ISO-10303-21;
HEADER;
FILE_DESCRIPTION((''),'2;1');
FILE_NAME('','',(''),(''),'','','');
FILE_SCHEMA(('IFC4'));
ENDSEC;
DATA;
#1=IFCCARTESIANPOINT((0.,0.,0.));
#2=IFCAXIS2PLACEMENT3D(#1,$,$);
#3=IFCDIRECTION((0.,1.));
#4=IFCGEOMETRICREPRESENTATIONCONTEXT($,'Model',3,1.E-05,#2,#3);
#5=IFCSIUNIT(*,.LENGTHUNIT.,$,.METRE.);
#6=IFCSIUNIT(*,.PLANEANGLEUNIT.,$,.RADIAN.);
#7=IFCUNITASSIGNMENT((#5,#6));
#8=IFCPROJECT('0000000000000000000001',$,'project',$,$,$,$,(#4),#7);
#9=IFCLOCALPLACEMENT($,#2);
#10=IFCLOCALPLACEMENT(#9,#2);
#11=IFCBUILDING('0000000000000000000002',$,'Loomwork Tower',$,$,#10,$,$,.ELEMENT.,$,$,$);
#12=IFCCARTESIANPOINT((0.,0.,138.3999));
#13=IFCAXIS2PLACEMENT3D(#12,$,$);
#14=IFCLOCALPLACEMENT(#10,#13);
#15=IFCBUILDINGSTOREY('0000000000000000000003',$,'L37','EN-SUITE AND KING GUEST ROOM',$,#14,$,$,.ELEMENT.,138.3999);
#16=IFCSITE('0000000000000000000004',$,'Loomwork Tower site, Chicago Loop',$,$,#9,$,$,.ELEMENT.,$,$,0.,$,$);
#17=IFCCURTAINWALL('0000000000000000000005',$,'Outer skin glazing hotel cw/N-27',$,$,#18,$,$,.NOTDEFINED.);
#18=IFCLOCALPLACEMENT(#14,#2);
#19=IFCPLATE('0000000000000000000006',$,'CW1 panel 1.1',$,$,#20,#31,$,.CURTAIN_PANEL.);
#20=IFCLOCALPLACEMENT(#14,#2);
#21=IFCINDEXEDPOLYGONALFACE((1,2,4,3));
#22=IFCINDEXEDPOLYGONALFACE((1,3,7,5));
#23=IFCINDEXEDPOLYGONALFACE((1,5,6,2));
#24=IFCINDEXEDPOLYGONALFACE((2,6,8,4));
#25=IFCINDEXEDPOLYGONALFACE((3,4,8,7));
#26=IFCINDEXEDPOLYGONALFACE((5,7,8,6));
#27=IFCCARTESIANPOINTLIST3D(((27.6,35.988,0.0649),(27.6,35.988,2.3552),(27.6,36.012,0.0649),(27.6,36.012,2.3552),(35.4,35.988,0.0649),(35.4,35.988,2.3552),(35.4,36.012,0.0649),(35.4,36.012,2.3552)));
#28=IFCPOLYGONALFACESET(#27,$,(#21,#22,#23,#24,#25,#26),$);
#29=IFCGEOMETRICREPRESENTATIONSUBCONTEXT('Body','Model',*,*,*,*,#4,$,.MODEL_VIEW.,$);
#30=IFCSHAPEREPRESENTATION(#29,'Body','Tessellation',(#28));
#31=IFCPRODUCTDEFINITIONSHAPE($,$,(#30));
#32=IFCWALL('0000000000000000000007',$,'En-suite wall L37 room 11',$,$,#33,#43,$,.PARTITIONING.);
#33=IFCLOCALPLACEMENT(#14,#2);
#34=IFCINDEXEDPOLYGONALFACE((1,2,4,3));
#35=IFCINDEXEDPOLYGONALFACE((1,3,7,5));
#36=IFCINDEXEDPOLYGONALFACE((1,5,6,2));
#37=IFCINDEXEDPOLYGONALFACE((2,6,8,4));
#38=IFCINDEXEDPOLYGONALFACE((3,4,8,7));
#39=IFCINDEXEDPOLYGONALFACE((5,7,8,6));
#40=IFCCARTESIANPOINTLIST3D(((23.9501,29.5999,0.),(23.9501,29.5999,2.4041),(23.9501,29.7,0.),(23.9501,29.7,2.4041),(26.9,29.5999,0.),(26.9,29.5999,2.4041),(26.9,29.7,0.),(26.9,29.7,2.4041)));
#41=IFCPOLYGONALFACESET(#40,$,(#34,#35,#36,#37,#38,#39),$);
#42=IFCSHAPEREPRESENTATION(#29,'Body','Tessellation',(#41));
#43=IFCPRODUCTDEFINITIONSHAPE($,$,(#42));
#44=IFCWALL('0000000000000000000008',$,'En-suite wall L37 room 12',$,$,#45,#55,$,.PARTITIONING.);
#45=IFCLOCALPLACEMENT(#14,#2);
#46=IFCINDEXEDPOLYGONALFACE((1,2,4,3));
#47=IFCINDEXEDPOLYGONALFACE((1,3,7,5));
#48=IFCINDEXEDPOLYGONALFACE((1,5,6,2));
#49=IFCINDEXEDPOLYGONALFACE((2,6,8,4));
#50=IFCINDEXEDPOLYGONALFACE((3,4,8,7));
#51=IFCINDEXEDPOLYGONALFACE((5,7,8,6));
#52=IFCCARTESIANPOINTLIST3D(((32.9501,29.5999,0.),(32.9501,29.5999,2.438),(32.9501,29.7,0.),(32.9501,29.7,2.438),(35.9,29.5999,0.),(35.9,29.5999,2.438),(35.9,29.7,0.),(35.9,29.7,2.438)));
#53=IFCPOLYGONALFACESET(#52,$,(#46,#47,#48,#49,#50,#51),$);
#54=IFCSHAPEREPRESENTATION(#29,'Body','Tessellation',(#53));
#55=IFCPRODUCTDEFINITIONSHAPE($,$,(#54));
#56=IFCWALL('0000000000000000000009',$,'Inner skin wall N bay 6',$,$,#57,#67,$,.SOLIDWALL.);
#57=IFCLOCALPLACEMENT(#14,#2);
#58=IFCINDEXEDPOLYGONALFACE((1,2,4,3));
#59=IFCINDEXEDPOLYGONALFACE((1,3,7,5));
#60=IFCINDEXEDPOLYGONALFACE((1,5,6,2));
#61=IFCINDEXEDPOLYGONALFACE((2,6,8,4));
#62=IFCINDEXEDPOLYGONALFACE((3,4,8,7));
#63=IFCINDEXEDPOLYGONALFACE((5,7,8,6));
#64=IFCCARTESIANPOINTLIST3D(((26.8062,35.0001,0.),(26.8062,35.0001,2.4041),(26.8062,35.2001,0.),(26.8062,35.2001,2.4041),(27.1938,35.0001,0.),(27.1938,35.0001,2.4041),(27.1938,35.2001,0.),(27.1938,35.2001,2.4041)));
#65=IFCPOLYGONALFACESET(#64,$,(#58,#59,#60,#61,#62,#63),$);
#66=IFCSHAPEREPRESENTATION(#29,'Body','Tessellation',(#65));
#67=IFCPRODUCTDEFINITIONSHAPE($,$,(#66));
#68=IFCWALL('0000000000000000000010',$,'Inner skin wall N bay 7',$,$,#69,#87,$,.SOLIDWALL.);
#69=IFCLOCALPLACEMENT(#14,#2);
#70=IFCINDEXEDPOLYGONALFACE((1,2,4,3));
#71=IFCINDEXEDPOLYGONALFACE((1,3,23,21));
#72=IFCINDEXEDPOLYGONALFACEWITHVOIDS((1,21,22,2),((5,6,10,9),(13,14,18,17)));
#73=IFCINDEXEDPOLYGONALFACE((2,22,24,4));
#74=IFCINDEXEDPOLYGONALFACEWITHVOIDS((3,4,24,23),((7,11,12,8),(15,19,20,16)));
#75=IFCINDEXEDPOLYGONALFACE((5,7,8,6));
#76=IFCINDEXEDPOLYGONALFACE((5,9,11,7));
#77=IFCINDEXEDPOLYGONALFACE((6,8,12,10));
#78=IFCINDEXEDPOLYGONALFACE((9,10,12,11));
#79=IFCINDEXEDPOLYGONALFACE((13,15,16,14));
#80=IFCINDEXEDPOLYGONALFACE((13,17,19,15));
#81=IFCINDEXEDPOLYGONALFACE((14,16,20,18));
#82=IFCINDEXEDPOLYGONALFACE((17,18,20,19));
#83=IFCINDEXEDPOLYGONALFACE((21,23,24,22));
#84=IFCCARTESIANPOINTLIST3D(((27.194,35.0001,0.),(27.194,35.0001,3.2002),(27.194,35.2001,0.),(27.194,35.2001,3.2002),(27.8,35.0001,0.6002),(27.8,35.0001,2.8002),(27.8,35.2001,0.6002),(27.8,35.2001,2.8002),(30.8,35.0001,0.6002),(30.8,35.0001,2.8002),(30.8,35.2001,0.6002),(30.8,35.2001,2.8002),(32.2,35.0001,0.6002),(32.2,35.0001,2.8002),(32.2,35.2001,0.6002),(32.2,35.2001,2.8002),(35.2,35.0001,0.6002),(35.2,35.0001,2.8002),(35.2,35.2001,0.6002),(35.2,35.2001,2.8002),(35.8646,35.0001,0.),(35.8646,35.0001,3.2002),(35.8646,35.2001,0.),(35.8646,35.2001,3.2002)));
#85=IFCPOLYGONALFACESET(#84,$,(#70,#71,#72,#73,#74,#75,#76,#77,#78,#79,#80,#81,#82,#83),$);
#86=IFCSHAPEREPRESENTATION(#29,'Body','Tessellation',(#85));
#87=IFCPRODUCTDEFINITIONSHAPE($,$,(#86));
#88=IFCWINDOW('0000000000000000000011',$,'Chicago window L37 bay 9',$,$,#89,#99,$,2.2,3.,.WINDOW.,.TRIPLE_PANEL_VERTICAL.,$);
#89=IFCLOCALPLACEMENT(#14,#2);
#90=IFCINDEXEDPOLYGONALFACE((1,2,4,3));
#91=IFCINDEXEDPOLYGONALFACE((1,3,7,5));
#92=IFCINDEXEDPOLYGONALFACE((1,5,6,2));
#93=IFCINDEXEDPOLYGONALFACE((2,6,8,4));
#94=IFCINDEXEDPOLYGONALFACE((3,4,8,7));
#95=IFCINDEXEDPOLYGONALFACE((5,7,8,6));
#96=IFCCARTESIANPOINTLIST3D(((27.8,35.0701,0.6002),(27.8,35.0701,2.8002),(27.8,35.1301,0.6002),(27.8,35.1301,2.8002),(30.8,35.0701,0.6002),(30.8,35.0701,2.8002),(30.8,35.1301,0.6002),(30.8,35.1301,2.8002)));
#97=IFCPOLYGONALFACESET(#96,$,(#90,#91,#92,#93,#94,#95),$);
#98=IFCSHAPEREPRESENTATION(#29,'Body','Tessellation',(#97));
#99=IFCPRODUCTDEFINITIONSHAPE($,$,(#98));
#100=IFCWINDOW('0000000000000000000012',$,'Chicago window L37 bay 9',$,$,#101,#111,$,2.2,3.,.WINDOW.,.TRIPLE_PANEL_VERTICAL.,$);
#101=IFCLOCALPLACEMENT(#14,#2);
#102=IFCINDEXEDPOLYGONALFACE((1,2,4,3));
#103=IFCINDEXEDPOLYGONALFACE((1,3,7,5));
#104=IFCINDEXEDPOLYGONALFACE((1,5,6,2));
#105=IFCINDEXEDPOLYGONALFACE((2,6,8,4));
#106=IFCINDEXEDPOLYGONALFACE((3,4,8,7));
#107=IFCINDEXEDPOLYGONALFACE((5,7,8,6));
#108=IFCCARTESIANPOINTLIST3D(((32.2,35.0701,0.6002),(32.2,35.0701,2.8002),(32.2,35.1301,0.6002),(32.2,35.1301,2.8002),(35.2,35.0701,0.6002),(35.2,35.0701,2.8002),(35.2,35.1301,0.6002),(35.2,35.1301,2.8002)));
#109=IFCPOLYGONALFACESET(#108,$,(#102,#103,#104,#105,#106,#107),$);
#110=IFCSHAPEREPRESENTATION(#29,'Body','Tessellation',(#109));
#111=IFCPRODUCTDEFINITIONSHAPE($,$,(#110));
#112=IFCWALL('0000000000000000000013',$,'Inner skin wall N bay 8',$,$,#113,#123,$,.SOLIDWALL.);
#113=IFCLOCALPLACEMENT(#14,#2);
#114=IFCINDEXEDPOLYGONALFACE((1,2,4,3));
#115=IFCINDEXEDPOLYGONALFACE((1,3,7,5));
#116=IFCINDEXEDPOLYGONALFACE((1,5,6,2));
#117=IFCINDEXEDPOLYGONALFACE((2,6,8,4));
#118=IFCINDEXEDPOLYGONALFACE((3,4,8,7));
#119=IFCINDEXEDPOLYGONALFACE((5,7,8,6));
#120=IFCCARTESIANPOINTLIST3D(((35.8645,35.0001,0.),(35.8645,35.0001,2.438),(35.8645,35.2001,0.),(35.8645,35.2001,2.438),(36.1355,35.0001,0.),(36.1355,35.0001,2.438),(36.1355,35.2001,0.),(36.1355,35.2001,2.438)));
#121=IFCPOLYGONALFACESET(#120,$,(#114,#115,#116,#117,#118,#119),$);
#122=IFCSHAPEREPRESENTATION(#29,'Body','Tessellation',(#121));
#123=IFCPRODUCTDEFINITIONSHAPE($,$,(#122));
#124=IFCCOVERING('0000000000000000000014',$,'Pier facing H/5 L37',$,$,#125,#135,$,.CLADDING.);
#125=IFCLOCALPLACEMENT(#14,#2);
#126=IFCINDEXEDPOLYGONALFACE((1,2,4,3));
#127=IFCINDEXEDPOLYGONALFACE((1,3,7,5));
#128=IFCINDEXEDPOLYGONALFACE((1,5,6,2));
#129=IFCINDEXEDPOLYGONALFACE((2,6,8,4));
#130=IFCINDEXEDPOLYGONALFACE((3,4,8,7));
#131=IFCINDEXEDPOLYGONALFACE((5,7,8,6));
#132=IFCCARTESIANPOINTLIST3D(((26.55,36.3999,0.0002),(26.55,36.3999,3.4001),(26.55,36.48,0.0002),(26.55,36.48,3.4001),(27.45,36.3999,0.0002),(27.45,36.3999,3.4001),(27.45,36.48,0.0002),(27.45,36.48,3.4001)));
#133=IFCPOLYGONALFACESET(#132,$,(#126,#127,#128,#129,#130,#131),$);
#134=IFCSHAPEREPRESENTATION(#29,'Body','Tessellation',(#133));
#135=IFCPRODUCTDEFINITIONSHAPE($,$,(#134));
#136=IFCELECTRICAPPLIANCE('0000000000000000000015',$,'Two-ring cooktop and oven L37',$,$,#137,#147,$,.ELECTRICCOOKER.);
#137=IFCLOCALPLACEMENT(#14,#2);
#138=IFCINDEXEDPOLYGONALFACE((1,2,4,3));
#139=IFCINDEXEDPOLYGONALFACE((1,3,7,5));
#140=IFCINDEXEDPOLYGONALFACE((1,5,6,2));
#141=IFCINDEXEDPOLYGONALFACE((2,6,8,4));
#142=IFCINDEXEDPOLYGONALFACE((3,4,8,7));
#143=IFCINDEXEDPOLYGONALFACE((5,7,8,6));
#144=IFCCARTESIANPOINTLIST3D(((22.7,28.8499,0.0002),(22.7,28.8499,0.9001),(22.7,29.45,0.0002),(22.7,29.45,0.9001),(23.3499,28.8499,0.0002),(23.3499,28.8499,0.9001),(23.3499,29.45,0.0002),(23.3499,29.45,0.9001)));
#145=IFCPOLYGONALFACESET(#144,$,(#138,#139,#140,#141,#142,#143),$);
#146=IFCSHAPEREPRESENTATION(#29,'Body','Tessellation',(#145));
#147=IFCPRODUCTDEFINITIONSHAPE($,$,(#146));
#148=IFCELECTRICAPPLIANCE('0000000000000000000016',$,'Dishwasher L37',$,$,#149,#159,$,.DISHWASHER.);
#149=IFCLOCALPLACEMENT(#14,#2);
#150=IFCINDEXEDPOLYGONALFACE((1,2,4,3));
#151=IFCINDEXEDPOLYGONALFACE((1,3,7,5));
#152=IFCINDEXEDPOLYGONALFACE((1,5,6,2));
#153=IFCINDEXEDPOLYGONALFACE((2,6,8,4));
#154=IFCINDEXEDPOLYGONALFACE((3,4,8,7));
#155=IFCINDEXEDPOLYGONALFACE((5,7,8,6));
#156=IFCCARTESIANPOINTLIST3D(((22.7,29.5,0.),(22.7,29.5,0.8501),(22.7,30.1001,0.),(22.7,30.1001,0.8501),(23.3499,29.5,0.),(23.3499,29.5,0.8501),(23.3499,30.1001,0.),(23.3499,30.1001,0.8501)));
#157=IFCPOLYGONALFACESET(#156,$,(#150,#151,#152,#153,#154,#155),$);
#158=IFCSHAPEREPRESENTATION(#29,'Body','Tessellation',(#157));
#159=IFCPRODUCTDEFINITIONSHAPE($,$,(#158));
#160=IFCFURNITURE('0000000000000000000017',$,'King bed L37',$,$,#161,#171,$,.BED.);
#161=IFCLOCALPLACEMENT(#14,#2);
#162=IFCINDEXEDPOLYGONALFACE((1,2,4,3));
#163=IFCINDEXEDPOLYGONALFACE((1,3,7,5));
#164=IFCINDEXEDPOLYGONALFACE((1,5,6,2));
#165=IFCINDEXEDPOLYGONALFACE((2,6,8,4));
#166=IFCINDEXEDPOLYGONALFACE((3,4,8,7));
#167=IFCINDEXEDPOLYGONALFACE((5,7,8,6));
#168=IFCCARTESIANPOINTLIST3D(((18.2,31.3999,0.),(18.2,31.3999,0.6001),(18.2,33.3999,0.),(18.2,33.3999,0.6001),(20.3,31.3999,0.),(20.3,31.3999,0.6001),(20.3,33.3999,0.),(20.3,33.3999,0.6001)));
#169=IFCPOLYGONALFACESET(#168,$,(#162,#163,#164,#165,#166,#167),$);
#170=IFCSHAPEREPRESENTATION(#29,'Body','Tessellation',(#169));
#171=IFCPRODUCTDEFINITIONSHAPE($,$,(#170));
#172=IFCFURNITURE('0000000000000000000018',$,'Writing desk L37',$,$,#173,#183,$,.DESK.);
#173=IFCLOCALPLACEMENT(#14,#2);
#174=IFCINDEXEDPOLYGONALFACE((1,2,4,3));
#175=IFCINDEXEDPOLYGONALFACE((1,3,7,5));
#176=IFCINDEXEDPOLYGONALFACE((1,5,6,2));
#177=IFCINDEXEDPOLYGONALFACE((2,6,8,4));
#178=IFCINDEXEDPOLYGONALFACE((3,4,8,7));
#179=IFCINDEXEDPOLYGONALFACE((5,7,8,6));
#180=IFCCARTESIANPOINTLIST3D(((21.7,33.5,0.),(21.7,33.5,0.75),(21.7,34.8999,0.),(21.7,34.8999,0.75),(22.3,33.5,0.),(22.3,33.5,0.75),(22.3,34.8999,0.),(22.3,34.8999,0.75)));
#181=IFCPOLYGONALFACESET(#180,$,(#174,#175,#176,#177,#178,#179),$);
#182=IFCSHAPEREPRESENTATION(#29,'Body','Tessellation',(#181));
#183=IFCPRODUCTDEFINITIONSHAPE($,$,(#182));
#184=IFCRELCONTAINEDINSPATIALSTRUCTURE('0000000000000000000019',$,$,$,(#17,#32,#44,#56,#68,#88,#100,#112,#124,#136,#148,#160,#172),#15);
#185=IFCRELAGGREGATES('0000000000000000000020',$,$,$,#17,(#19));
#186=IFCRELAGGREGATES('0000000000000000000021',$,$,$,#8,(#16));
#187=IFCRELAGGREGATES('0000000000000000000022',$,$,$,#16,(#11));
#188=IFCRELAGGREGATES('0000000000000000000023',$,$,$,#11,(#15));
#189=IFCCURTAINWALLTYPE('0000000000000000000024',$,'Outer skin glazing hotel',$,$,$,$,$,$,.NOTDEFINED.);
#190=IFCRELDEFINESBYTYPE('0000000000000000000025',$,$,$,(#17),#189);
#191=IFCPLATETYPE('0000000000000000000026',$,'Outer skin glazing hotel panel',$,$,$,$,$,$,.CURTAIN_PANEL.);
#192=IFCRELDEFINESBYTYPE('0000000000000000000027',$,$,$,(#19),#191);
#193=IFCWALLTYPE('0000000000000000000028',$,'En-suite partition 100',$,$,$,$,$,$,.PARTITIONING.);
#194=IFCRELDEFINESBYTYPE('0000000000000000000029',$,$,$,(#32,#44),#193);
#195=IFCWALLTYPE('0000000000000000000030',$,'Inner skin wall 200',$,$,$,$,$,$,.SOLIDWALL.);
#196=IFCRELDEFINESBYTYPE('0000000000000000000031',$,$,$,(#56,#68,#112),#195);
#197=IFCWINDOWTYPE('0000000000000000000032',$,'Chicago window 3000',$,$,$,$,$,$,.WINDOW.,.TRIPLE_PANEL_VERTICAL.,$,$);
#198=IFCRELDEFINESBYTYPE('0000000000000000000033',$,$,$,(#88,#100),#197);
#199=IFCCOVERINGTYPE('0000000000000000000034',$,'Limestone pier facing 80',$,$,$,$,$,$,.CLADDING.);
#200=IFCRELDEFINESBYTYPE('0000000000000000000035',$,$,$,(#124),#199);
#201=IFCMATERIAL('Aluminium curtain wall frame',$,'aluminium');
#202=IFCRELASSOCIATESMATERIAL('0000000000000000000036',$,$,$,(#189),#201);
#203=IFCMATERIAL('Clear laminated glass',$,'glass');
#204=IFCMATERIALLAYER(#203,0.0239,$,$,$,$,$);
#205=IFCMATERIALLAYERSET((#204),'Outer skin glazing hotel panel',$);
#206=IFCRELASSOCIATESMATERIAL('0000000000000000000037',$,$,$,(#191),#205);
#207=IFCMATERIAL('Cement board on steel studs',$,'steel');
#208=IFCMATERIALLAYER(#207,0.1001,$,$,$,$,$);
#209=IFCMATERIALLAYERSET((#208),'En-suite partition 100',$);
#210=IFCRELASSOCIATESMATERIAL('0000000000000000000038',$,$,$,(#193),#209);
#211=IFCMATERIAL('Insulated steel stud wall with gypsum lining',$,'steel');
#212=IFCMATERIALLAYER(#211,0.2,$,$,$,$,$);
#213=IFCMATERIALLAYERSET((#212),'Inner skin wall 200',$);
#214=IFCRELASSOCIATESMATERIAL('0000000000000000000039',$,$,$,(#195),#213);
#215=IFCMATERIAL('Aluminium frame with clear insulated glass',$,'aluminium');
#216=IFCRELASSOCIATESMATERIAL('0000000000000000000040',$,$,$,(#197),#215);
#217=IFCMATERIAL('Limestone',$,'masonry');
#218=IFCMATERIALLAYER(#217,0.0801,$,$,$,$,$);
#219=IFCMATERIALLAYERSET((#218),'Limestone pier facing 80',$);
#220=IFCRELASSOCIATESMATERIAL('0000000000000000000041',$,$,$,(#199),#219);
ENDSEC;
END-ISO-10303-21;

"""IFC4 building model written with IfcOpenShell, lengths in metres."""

from ifc_helpers import new_model, si_unit, direction, frame, frame_2d, origin, origin_2d, place, context, subcontext, project, spatial, rectangle, extrude, material, layer, layer_set, type_object, element, fill, aggregate, save


model = new_model("IFC4")

# Units and contexts
model_context = context("Model", 3, precision=1e-05, world=origin(), true_north=direction((0.0, 1.0)))
body_context = subcontext(model_context, "Body", "Model", "MODEL_VIEW")
ifc_project = project(units=[si_unit("LENGTHUNIT", "METRE"), si_unit("PLANEANGLEUNIT", "RADIAN")], contexts=[model_context])

# Site, building, storey
site_placement = place(None, origin())
site = spatial("IfcSite", under=ifc_project, at=site_placement, Name="Loomwork Tower site, Chicago Loop", CompositionType="ELEMENT", RefElevation=0.0)
building_placement = place(site_placement, origin())
building = spatial("IfcBuilding", under=site, at=building_placement, Name="Loomwork Tower", CompositionType="ELEMENT")
storey_placement = place(building_placement, frame((0.0, 0.0, 138.3999)))
storey = spatial("IfcBuildingStorey", under=building, at=storey_placement, Name="L37", Description="EN-SUITE AND KING GUEST ROOM", CompositionType="ELEMENT", Elevation=138.3999)

# Curtain wall
ifc_material_1 = material(Name="Aluminium curtain wall frame", Category="aluminium")
curtain_wall_type = type_object("IfcCurtainWallType", Name="Outer skin glazing hotel", PredefinedType="NOTDEFINED", material=ifc_material_1)
curtain_wall_1_placement = place(storey_placement, origin())
curtain_wall_1 = element("IfcCurtainWall", 1, at=curtain_wall_1_placement, inside=storey, type_object=curtain_wall_type, Name="Outer skin glazing hotel cw/N-27", PredefinedType="NOTDEFINED")

# Plate
ifc_material_2 = material(Name="Clear laminated glass", Category="glass")
ifc_layer_1 = layer(ifc_material_2, 0.0239)
ifc_layer_set_1 = layer_set([ifc_layer_1], Name="Outer skin glazing hotel panel")
plate_type = type_object("IfcPlateType", Name="Outer skin glazing hotel panel", PredefinedType="CURTAIN_PANEL", material=ifc_layer_set_1)
plate_1_placement = place(storey_placement, frame((31.5, 36.0, 0.0649), z_axis=(0.0, 0.0, 1.0), x_axis=(-1.0, 0.0, 0.0)))
plate_1 = element("IfcPlate", 2, at=plate_1_placement, type_object=plate_type, Name="CW1 panel 1.1", PredefinedType="CURTAIN_PANEL", context=body_context, shape_type="SweptSolid", body=[
    extrude(rectangle(XDim=7.8, YDim=0.0239, at=origin_2d()), origin(), (0.0, 0.0, 1.0), 2.2903),
])
aggregate(curtain_wall_1, [plate_1])

# Walls
ifc_material_3 = material(Name="Cement board on steel studs", Category="steel")
ifc_layer_2 = layer(ifc_material_3, 0.1001)
ifc_layer_set_2 = layer_set([ifc_layer_2], Name="En-suite partition 100")
wall_type_1 = type_object("IfcWallType", Name="En-suite partition 100", PredefinedType="PARTITIONING", material=ifc_layer_set_2)
wall_1_placement = place(storey_placement, frame((23.95, 29.6499, 0.0), z_axis=(0.0, 0.0, 1.0), x_axis=(1.0, 0.0, 0.0)))
element("IfcWall", 3, at=wall_1_placement, inside=storey, type_object=wall_type_1, Name="En-suite wall L37 room 11", PredefinedType="PARTITIONING", context=body_context, shape_type="SweptSolid", body=[
    extrude(rectangle(XDim=2.95, YDim=0.1001, at=frame_2d((1.4751, 0.0))), origin(), (0.0, 0.0, 1.0), 2.4041),
])
wall_2_placement = place(storey_placement, frame((32.95, 29.6499, 0.0), z_axis=(0.0, 0.0, 1.0), x_axis=(1.0, 0.0, 0.0)))
element("IfcWall", 4, at=wall_2_placement, inside=storey, type_object=wall_type_1, Name="En-suite wall L37 room 12", PredefinedType="PARTITIONING", context=body_context, shape_type="SweptSolid", body=[
    extrude(rectangle(XDim=2.95, YDim=0.1001, at=frame_2d((1.4751, 0.0))), origin(), (0.0, 0.0, 1.0), 2.438),
])
ifc_material_4 = material(Name="Insulated steel stud wall with gypsum lining", Category="steel")
ifc_layer_3 = layer(ifc_material_4, 0.2)
ifc_layer_set_3 = layer_set([ifc_layer_3], Name="Inner skin wall 200")
wall_type_2 = type_object("IfcWallType", Name="Inner skin wall 200", PredefinedType="SOLIDWALL", material=ifc_layer_set_3)
wall_3_placement = place(storey_placement, frame((26.8062, 35.1001, 0.0), z_axis=(0.0, 0.0, 1.0), x_axis=(1.0, 0.0, 0.0)))
element("IfcWall", 5, at=wall_3_placement, inside=storey, type_object=wall_type_2, Name="Inner skin wall N bay 6", PredefinedType="SOLIDWALL", context=body_context, shape_type="SweptSolid", body=[
    extrude(rectangle(XDim=0.3877, YDim=0.2, at=frame_2d((0.1938, 0.0))), origin(), (0.0, 0.0, 1.0), 2.4041),
])

# Wall, openings, windows
wall_4_placement = place(storey_placement, frame((27.1938, 35.1001, 0.0), z_axis=(0.0, 0.0, 1.0), x_axis=(1.0, 0.0, 0.0)))
wall_4 = element("IfcWall", 6, at=wall_4_placement, inside=storey, type_object=wall_type_2, Name="Inner skin wall N bay 7", PredefinedType="SOLIDWALL", context=body_context, shape_type="SweptSolid", body=[
    extrude(rectangle(XDim=8.6707, YDim=0.2, at=frame_2d((4.3354, 0.0))), origin(), (0.0, 0.0, 1.0), 3.2002),
])
opening_1_placement = place(wall_4_placement, frame((0.6062, 0.0, 0.6001)))
opening_1 = element("IfcOpeningElement", 7, at=opening_1_placement, cuts=wall_4, PredefinedType="OPENING", context=body_context, shape_type="SweptSolid", body=[
    extrude(rectangle(XDim=3.0, YDim=2.2, at=frame_2d((1.5, 1.1001))), frame((0.0, 0.1099, 0.0), z_axis=(0.0, -1.0, 0.0), x_axis=(1.0, 0.0, 0.0)), (0.0, 0.0, 1.0), 0.22),
])
opening_2_placement = place(wall_4_placement, frame((5.0061, 0.0, 0.6001)))
opening_2 = element("IfcOpeningElement", 8, at=opening_2_placement, cuts=wall_4, PredefinedType="OPENING", context=body_context, shape_type="SweptSolid", body=[
    extrude(rectangle(XDim=3.0, YDim=2.2, at=frame_2d((1.5, 1.1001))), frame((0.0, 0.1099, 0.0), z_axis=(0.0, -1.0, 0.0), x_axis=(1.0, 0.0, 0.0)), (0.0, 0.0, 1.0), 0.22),
])
ifc_material_5 = material(Name="Aluminium frame with clear insulated glass", Category="aluminium")
window_type = type_object("IfcWindowType", Name="Chicago window 3000", PartitioningType="TRIPLE_PANEL_VERTICAL", PredefinedType="WINDOW", material=ifc_material_5)
window_1_placement = place(opening_1_placement, origin())
window_1 = element("IfcWindow", 9, at=window_1_placement, inside=storey, type_object=window_type, Name="Chicago window L37 bay 9", OverallHeight=2.2, OverallWidth=3.0, PartitioningType="TRIPLE_PANEL_VERTICAL", PredefinedType="WINDOW", context=body_context, shape_type="SweptSolid", body=[
    extrude(rectangle(XDim=3.0, YDim=2.2, at=frame_2d((1.5, 1.1001))), frame((0.0, 0.03, 0.0), z_axis=(0.0, -1.0, 0.0), x_axis=(1.0, 0.0, 0.0)), (0.0, 0.0, 1.0), 0.0601),
])
fill(opening_1, window_1)
window_2_placement = place(opening_2_placement, origin())
window_2 = element("IfcWindow", 10, at=window_2_placement, inside=storey, type_object=window_type, Name="Chicago window L37 bay 9", OverallHeight=2.2, OverallWidth=3.0, PartitioningType="TRIPLE_PANEL_VERTICAL", PredefinedType="WINDOW", context=body_context, shape_type="SweptSolid", body=[
    extrude(rectangle(XDim=3.0, YDim=2.2, at=frame_2d((1.5, 1.1001))), frame((0.0, 0.03, 0.0), z_axis=(0.0, -1.0, 0.0), x_axis=(1.0, 0.0, 0.0)), (0.0, 0.0, 1.0), 0.0601),
])
fill(opening_2, window_2)

# Wall
wall_5_placement = place(storey_placement, frame((35.8645, 35.1001, 0.0), z_axis=(0.0, 0.0, 1.0), x_axis=(1.0, 0.0, 0.0)))
element("IfcWall", 11, at=wall_5_placement, inside=storey, type_object=wall_type_2, Name="Inner skin wall N bay 8", PredefinedType="SOLIDWALL", context=body_context, shape_type="SweptSolid", body=[
    extrude(rectangle(XDim=0.271, YDim=0.2, at=frame_2d((0.1355, 0.0))), origin(), (0.0, 0.0, 1.0), 2.438),
])

# Covering
ifc_material_6 = material(Name="Limestone", Category="masonry")
ifc_layer_4 = layer(ifc_material_6, 0.0801)
ifc_layer_set_4 = layer_set([ifc_layer_4], Name="Limestone pier facing 80")
covering_type = type_object("IfcCoveringType", Name="Limestone pier facing 80", PredefinedType="CLADDING", material=ifc_layer_set_4)
covering_placement = place(storey_placement, frame((27.0, 36.4399, 0.0002), z_axis=(0.0, 0.0, 1.0), x_axis=(1.0, 0.0, 0.0)))
element("IfcCovering", 12, at=covering_placement, inside=storey, type_object=covering_type, Name="Pier facing H/5 L37", PredefinedType="CLADDING", context=body_context, shape_type="SweptSolid", body=[
    extrude(rectangle(XDim=0.8999, YDim=0.0801, at=origin_2d()), origin(), (0.0, 0.0, 1.0), 3.3999),
])

# Electric appliances
electric_appliance_1_placement = place(storey_placement, frame((23.0249, 29.1499, 0.0002), z_axis=(0.0, 0.0, 1.0), x_axis=(1.0, 0.0, 0.0)))
element("IfcElectricAppliance", 13, at=electric_appliance_1_placement, inside=storey, Name="Two-ring cooktop and oven L37", PredefinedType="ELECTRICCOOKER", context=body_context, shape_type="SweptSolid", body=[
    extrude(rectangle(XDim=0.6499, YDim=0.6001, at=origin_2d()), origin(), (0.0, 0.0, 1.0), 0.8999),
])
electric_appliance_2_placement = place(storey_placement, frame((23.0249, 29.8, 0.0), z_axis=(0.0, 0.0, 1.0), x_axis=(1.0, 0.0, 0.0)))
element("IfcElectricAppliance", 14, at=electric_appliance_2_placement, inside=storey, Name="Dishwasher L37", PredefinedType="DISHWASHER", context=body_context, shape_type="SweptSolid", body=[
    extrude(rectangle(XDim=0.6499, YDim=0.6001, at=origin_2d()), origin(), (0.0, 0.0, 1.0), 0.8501),
])

# Furniture
furniture_1_placement = place(storey_placement, frame((19.25, 32.3999, 0.0), z_axis=(0.0, 0.0, 1.0), x_axis=(1.0, 0.0, 0.0)))
element("IfcFurniture", 15, at=furniture_1_placement, inside=storey, Name="King bed L37", PredefinedType="BED", context=body_context, shape_type="SweptSolid", body=[
    extrude(rectangle(XDim=2.1001, YDim=2.0, at=origin_2d()), origin(), (0.0, 0.0, 1.0), 0.6001),
])
furniture_2_placement = place(storey_placement, frame((22.0, 34.2, 0.0), z_axis=(0.0, 0.0, 1.0), x_axis=(1.0, 0.0, 0.0)))
element("IfcFurniture", 16, at=furniture_2_placement, inside=storey, Name="Writing desk L37", PredefinedType="DESK", context=body_context, shape_type="SweptSolid", body=[
    extrude(rectangle(XDim=0.6001, YDim=1.3999, at=origin_2d()), origin(), (0.0, 0.0, 1.0), 0.75),
])

save(model, "model.ifc")
